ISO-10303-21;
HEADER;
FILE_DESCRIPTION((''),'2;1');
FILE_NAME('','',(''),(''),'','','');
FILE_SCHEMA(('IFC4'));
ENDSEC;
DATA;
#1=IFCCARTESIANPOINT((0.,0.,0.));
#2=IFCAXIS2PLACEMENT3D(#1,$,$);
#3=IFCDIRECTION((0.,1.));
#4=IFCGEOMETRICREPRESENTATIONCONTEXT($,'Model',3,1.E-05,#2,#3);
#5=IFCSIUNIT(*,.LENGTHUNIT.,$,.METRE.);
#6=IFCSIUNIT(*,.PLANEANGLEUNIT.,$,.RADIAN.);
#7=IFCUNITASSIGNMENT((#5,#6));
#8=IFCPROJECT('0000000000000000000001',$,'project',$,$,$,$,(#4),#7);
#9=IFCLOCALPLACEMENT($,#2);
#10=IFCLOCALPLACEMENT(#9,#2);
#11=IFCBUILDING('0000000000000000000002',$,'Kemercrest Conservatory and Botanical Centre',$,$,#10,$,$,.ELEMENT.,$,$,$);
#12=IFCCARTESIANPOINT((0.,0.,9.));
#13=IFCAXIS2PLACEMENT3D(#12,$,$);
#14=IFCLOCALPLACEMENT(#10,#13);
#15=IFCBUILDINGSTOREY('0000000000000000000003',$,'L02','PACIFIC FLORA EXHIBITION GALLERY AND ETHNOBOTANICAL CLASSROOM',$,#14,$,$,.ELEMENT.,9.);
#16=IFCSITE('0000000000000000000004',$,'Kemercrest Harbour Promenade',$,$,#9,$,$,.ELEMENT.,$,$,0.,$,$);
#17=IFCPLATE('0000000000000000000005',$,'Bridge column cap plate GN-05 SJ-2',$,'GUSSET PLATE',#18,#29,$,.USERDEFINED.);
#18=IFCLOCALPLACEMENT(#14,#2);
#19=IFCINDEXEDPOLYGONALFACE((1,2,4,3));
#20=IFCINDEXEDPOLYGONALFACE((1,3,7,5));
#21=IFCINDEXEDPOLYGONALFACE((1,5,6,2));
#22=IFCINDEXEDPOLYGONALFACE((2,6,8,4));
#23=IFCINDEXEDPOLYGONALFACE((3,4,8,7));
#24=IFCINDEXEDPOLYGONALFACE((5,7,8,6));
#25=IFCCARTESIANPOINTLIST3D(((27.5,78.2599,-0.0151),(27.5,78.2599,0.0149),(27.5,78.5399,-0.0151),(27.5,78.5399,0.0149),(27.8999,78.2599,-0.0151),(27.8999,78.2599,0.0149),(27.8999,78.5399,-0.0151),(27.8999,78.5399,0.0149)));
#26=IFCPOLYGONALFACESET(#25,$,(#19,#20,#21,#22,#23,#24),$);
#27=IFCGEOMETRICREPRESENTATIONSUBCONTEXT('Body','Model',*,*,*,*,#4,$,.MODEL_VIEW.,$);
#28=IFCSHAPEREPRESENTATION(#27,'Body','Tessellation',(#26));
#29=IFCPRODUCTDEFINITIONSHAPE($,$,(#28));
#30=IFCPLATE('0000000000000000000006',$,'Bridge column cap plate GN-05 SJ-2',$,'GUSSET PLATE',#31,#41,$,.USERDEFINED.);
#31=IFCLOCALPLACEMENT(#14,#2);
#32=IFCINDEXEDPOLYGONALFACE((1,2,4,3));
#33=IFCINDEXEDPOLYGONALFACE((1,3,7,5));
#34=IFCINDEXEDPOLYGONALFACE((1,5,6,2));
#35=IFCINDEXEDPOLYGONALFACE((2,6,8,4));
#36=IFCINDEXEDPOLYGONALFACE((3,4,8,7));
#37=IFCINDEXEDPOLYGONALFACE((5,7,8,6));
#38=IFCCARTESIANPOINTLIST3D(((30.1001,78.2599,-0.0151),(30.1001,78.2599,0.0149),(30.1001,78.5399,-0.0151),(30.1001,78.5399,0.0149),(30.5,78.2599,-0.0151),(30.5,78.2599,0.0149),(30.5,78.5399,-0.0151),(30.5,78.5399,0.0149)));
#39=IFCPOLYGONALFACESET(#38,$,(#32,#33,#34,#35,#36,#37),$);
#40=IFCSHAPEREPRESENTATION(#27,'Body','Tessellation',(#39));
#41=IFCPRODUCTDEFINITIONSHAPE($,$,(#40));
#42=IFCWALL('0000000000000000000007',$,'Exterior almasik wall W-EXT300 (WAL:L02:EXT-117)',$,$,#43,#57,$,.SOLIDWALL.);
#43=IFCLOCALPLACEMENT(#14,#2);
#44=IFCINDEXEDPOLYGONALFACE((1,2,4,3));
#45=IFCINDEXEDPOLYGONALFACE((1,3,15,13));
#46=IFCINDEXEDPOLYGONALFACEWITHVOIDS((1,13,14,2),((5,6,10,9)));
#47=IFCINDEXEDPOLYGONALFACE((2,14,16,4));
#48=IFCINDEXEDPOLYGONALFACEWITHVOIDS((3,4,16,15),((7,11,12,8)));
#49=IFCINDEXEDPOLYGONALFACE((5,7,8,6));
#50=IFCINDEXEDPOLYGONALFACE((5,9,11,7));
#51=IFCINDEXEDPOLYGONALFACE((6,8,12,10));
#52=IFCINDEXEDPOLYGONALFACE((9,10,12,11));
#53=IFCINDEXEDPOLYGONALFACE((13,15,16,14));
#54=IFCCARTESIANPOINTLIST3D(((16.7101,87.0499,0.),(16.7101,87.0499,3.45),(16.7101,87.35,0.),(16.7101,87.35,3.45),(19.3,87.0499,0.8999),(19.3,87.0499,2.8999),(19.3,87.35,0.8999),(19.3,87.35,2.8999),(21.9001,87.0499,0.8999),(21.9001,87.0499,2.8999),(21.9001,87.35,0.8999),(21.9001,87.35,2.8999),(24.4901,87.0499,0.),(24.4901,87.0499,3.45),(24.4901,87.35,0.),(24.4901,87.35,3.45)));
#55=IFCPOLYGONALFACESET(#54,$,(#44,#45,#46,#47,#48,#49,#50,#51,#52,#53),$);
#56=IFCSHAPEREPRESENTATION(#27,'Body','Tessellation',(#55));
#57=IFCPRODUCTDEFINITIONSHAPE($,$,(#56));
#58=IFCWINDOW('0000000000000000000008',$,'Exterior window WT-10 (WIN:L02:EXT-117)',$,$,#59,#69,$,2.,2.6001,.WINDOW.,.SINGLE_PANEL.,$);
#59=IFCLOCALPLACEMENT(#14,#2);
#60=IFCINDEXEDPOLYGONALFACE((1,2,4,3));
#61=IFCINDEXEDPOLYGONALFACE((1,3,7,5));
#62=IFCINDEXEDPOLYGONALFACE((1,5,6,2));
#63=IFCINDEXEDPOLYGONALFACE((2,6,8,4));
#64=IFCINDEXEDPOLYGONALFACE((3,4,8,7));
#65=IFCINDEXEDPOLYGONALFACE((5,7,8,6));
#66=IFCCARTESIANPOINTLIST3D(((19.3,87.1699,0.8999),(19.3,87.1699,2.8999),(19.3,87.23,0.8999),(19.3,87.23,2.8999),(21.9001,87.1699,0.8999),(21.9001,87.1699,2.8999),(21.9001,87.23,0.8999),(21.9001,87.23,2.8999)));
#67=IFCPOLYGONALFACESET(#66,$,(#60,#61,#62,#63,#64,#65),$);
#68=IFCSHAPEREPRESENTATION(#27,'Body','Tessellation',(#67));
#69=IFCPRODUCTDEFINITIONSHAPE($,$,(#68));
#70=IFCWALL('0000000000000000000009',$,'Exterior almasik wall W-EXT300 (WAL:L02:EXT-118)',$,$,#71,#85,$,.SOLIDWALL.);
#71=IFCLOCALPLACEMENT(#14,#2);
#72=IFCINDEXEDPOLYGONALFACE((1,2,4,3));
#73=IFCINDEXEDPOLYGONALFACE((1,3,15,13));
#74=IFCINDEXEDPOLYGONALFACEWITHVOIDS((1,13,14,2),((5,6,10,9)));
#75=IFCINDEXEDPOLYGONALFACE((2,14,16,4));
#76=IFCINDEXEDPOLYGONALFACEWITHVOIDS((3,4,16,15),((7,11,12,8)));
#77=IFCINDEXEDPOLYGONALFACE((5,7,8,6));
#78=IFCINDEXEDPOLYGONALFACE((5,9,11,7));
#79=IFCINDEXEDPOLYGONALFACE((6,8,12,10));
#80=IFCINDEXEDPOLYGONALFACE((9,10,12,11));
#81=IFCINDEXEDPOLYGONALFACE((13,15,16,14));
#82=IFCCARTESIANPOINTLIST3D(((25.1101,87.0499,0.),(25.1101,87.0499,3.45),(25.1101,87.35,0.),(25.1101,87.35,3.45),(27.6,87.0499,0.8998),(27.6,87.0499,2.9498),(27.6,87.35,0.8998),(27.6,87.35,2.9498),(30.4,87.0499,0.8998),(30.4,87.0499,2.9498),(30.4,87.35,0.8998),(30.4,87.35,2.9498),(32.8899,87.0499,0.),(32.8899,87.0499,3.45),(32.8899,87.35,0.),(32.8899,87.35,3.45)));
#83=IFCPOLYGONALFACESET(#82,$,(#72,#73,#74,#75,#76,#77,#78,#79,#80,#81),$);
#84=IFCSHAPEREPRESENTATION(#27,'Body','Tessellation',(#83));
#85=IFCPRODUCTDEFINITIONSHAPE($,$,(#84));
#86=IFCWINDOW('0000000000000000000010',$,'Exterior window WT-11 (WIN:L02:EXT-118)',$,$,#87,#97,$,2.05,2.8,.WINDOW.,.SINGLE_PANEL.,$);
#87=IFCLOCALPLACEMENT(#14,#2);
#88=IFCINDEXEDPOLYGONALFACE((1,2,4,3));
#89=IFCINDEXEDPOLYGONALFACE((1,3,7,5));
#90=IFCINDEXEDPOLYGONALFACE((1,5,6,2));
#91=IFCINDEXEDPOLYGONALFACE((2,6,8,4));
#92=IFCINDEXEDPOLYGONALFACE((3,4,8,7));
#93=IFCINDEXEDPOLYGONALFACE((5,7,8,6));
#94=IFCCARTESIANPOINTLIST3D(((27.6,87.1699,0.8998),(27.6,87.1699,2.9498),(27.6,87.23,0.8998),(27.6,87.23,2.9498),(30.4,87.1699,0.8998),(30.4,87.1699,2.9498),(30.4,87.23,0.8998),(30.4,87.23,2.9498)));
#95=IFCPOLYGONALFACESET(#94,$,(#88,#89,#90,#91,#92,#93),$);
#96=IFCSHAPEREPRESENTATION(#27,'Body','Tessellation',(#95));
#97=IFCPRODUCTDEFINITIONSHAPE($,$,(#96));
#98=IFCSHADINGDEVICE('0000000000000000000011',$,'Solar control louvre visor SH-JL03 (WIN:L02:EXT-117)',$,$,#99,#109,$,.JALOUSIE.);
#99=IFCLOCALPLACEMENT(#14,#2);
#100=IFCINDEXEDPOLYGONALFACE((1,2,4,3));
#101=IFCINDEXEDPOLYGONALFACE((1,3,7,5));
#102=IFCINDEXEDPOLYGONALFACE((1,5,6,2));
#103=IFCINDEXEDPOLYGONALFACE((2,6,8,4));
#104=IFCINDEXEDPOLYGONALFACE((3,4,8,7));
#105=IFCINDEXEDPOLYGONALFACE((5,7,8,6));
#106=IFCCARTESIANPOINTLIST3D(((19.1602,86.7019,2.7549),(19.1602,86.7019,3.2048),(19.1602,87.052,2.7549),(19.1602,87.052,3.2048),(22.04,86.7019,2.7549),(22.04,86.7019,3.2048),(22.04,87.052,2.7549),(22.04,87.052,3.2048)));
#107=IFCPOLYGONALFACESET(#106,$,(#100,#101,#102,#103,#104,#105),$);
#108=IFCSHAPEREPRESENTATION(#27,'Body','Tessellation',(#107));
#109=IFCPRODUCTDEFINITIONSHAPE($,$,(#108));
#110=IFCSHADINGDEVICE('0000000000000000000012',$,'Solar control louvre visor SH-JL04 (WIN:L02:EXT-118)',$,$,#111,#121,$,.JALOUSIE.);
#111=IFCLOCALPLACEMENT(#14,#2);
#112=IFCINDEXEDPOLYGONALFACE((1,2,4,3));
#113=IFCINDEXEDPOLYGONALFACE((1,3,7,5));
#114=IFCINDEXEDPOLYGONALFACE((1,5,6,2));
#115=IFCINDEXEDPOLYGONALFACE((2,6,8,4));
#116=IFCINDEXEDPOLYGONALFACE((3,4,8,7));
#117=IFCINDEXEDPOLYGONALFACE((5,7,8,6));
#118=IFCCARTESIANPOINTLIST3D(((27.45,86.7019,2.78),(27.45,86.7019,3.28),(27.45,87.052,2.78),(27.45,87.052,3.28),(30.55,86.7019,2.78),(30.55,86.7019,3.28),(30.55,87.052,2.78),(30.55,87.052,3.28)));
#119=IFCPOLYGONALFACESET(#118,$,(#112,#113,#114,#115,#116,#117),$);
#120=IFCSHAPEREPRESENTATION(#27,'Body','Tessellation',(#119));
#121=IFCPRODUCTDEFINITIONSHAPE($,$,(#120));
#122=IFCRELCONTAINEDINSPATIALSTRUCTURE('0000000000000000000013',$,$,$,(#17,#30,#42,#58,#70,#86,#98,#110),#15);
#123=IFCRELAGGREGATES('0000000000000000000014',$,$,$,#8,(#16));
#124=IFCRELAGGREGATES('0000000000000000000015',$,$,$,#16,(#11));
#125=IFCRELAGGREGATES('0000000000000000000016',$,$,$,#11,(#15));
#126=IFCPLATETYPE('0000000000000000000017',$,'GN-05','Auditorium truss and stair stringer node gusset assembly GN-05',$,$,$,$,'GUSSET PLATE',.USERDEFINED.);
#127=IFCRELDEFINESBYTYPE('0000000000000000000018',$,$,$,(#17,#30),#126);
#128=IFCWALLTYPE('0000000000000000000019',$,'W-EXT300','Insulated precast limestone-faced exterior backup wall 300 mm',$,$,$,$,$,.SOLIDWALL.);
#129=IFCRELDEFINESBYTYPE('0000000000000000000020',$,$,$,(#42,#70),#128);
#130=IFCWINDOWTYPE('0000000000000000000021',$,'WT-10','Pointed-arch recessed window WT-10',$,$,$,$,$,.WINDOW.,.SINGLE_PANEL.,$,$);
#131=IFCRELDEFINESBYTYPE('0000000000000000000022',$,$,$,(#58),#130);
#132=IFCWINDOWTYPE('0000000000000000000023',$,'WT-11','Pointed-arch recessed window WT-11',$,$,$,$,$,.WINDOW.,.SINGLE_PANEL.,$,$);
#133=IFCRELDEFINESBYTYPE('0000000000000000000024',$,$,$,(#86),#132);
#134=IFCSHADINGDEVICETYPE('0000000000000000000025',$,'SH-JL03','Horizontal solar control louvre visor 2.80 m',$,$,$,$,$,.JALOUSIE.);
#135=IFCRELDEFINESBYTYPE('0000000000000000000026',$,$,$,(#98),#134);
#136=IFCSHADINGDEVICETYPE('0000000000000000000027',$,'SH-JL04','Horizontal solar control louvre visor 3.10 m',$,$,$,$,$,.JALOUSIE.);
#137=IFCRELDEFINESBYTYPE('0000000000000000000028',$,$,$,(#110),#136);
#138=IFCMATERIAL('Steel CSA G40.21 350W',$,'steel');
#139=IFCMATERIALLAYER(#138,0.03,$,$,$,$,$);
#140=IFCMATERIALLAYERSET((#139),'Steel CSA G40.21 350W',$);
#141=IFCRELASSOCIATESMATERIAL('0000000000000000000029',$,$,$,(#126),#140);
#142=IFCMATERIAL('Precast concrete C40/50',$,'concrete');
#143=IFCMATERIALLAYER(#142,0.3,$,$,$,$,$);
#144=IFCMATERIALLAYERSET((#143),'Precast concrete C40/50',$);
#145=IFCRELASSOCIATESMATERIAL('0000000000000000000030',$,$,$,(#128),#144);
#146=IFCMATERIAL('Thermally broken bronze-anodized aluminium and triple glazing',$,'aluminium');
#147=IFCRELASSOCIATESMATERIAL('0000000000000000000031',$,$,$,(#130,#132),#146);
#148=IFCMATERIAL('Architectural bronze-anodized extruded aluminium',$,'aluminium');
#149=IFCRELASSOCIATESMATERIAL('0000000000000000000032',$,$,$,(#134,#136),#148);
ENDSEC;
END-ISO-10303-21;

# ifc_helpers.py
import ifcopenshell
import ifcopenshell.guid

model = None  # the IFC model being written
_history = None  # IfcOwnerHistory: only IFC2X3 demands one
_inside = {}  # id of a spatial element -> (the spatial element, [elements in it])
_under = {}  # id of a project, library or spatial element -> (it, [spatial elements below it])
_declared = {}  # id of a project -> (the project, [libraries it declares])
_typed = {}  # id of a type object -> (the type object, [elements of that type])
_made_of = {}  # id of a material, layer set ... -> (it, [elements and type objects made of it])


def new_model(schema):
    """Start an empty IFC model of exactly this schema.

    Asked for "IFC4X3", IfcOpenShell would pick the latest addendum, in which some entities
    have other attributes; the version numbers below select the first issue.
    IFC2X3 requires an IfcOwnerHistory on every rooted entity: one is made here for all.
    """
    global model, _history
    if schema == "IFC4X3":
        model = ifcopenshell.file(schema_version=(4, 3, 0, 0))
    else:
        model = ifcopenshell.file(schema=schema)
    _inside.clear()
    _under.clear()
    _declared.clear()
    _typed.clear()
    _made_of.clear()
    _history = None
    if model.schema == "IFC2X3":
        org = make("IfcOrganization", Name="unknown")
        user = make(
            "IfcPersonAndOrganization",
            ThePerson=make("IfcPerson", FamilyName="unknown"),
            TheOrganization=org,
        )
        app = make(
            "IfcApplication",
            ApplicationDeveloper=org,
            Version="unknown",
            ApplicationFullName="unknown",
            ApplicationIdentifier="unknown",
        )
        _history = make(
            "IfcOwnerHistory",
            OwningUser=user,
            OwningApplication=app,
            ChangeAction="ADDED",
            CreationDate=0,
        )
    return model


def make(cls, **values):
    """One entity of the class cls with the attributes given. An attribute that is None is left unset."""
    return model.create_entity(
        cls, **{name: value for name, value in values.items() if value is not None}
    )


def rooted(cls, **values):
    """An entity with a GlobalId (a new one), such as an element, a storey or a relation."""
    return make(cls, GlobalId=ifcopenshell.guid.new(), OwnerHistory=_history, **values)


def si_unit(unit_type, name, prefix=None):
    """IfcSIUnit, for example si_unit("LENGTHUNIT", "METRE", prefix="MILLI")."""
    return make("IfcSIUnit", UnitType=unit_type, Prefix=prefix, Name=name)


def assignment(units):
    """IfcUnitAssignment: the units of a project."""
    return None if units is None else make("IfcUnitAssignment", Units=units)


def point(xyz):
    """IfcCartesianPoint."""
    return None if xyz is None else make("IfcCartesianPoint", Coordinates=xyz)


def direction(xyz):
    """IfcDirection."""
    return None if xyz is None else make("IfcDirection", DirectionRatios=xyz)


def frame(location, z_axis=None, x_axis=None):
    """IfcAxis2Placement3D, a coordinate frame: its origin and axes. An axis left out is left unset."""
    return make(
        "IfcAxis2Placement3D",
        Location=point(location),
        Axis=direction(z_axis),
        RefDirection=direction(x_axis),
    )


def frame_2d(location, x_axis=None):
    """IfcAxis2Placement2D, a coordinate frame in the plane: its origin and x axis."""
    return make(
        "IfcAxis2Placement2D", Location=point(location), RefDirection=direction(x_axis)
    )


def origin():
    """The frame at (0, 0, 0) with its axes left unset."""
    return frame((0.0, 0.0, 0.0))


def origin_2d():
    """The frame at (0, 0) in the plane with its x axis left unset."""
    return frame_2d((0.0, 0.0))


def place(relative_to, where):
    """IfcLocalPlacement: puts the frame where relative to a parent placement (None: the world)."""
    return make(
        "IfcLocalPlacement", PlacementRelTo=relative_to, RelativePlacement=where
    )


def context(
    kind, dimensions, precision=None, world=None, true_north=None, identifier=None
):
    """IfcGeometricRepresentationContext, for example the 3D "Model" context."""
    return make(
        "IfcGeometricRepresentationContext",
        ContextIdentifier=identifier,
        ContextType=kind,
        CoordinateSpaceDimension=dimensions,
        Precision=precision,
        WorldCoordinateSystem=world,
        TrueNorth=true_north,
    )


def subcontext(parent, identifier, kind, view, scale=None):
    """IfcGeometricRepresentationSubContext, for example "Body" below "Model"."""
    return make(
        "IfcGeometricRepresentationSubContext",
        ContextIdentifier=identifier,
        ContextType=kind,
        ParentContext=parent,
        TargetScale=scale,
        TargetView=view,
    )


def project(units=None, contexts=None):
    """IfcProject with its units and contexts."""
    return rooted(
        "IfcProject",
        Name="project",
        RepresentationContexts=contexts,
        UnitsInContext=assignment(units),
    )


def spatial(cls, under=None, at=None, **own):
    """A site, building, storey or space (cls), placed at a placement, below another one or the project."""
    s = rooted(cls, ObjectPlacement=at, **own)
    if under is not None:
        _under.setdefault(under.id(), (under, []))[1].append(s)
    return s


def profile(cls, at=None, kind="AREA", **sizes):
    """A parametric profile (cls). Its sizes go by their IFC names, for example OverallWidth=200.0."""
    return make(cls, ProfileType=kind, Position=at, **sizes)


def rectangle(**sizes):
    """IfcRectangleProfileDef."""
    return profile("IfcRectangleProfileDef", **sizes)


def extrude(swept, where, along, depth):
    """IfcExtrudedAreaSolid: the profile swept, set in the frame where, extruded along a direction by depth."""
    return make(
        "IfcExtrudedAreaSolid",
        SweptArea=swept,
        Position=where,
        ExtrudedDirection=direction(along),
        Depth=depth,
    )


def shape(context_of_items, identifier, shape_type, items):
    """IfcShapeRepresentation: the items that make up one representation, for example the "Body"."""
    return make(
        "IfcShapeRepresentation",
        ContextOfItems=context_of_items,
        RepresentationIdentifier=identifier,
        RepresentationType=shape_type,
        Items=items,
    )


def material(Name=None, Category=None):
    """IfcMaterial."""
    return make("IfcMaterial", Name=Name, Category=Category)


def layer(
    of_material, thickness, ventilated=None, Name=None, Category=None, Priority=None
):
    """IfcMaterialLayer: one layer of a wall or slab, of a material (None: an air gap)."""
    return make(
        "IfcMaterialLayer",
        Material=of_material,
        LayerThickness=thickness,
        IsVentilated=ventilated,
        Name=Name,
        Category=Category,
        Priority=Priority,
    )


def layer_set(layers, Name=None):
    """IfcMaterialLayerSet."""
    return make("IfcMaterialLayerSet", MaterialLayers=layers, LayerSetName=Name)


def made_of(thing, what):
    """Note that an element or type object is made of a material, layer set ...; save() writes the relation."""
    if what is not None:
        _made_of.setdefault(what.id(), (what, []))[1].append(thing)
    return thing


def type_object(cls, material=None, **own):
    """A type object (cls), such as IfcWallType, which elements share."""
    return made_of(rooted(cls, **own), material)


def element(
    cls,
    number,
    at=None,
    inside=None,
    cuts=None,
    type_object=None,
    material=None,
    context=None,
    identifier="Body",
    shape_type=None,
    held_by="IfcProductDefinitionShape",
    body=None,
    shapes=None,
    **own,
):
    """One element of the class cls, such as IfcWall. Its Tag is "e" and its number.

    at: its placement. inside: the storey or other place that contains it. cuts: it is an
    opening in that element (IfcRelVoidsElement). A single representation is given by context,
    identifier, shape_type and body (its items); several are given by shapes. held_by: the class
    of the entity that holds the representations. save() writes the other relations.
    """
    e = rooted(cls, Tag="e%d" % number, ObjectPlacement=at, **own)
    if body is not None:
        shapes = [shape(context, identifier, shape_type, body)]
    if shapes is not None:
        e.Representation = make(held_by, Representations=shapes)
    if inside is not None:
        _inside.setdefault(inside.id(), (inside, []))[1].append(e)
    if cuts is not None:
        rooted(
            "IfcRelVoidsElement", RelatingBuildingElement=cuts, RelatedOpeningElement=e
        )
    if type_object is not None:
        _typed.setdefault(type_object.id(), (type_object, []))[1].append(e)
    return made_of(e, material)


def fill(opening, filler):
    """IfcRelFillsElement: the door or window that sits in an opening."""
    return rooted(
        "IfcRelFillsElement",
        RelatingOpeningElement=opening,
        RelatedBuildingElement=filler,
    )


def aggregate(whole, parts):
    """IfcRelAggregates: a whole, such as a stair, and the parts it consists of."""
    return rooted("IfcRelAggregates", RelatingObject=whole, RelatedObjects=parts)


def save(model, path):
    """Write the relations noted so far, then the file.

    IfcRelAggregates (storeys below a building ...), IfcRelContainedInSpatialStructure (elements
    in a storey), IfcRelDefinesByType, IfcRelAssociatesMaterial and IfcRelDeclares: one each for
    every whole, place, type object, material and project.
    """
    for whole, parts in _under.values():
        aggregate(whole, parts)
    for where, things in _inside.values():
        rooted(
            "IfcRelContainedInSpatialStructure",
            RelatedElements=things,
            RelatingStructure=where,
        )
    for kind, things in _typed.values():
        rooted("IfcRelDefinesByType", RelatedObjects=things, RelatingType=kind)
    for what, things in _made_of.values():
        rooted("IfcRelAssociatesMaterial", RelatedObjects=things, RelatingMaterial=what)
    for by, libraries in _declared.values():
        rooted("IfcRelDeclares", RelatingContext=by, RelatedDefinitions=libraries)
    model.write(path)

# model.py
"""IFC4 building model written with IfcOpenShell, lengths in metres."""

from ifc_helpers import new_model, si_unit, direction, frame, frame_2d, origin, origin_2d, place, context, subcontext, project, spatial, rectangle, extrude, material, layer, layer_set, type_object, element, fill, save


model = new_model("IFC4")

# Units and contexts
model_context = context("Model", 3, precision=1e-05, world=origin(), true_north=direction((0.0, 1.0)))
body_context = subcontext(model_context, "Body", "Model", "MODEL_VIEW")
ifc_project = project(units=[si_unit("LENGTHUNIT", "METRE"), si_unit("PLANEANGLEUNIT", "RADIAN")], contexts=[model_context])

# Site, building, storey
site_placement = place(None, origin())
site = spatial("IfcSite", under=ifc_project, at=site_placement, Name="Kemercrest Harbour Promenade", CompositionType="ELEMENT", RefElevation=0.0)
building_placement = place(site_placement, origin())
building = spatial("IfcBuilding", under=site, at=building_placement, Name="Kemercrest Conservatory and Botanical Centre", CompositionType="ELEMENT")
storey_placement = place(building_placement, frame((0.0, 0.0, 9.0)))
storey = spatial("IfcBuildingStorey", under=building, at=storey_placement, Name="L02", Description="PACIFIC FLORA EXHIBITION GALLERY AND ETHNOBOTANICAL CLASSROOM", CompositionType="ELEMENT", Elevation=9.0)

# Shared definitions
ifc_material_1 = material(Name="Precast concrete C40/50", Category="concrete")

# Plates
ifc_material_2 = material(Name="Steel CSA G40.21 350W", Category="steel")
ifc_layer_1 = layer(ifc_material_2, 0.03)
ifc_layer_set_1 = layer_set([ifc_layer_1], Name="Steel CSA G40.21 350W")
plate_type = type_object("IfcPlateType", Name="GN-05", Description="Auditorium truss and stair stringer node gusset assembly GN-05", ElementType="GUSSET PLATE", PredefinedType="USERDEFINED", material=ifc_layer_set_1)
for number, where, z_axis, x_axis, name in (
    (1, (27.7, 78.3999, -0.0151), (0.0, 0.0, 1.0), (1.0, 0.0, 0.0), "Bridge column cap plate GN-05 SJ-2"),
    (2, (30.3, 78.3999, -0.0151), (0.0, 0.0, 1.0), (1.0, 0.0, 0.0), "Bridge column cap plate GN-05 SJ-2"),
):
    element("IfcPlate", number, at=place(storey_placement, frame(where, z_axis=z_axis, x_axis=x_axis)), inside=storey, type_object=plate_type, Name=name, ObjectType="GUSSET PLATE", PredefinedType="USERDEFINED", context=body_context, shape_type="SweptSolid", body=[
        extrude(rectangle(XDim=0.3999, YDim=0.28, at=origin_2d()), origin(), (0.0, 0.0, 1.0), 0.03),
    ])

# Walls, openings, windows
ifc_layer_2 = layer(ifc_material_1, 0.3)
ifc_layer_set_2 = layer_set([ifc_layer_2], Name="Precast concrete C40/50")
wall_type = type_object("IfcWallType", Name="W-EXT300", Description="Insulated precast limestone-faced exterior backup wall 300 mm", PredefinedType="SOLIDWALL", material=ifc_layer_set_2)
wall_1_placement = place(storey_placement, frame((16.71, 87.2, 0.0), z_axis=(0.0, 0.0, 1.0), x_axis=(1.0, 0.0, 0.0)))
wall_1 = element("IfcWall", 3, at=wall_1_placement, inside=storey, type_object=wall_type, Name="Exterior almasik wall W-EXT300 (WAL:L02:EXT-117)", PredefinedType="SOLIDWALL", context=body_context, shape_type="SweptSolid", body=[
    extrude(rectangle(XDim=7.78, YDim=0.3, at=frame_2d((3.8901, 0.0))), origin(), (0.0, 0.0, 1.0), 3.45),
])
opening_1_placement = place(wall_1_placement, frame((2.5901, 0.0, 0.8999)))
opening_1 = element("IfcOpeningElement", 4, at=opening_1_placement, cuts=wall_1, PredefinedType="OPENING", context=body_context, shape_type="SweptSolid", body=[
    extrude(rectangle(XDim=2.6001, YDim=2.0, at=frame_2d((1.3, 1.0))), frame((0.0, 0.1602, 0.0), z_axis=(0.0, -1.0, 0.0), x_axis=(1.0, 0.0, 0.0)), (0.0, 0.0, 1.0), 0.3201),
])
ifc_material_3 = material(Name="Thermally broken bronze-anodized aluminium and triple glazing", Category="aluminium")
window_type_1 = type_object("IfcWindowType", Name="WT-10", Description="Pointed-arch recessed window WT-10", PartitioningType="SINGLE_PANEL", PredefinedType="WINDOW", material=ifc_material_3)
window_1_placement = place(opening_1_placement, origin())
window_1 = element("IfcWindow", 5, at=window_1_placement, inside=storey, type_object=window_type_1, Name="Exterior window WT-10 (WIN:L02:EXT-117)", OverallHeight=2.0, OverallWidth=2.6001, PartitioningType="SINGLE_PANEL", PredefinedType="WINDOW", context=body_context, shape_type="SweptSolid", body=[
    extrude(rectangle(XDim=2.6001, YDim=2.0, at=frame_2d((1.3, 1.0))), frame((0.0, 0.03, 0.0), z_axis=(0.0, -1.0, 0.0), x_axis=(1.0, 0.0, 0.0)), (0.0, 0.0, 1.0), 0.0601),
])
fill(opening_1, window_1)
wall_2_placement = place(storey_placement, frame((25.1101, 87.2, 0.0), z_axis=(0.0, 0.0, 1.0), x_axis=(1.0, 0.0, 0.0)))
wall_2 = element("IfcWall", 6, at=wall_2_placement, inside=storey, type_object=wall_type, Name="Exterior almasik wall W-EXT300 (WAL:L02:EXT-118)", PredefinedType="SOLIDWALL", context=body_context, shape_type="SweptSolid", body=[
    extrude(rectangle(XDim=7.7798, YDim=0.3, at=frame_2d((3.8899, 0.0))), origin(), (0.0, 0.0, 1.0), 3.45),
])
opening_2_placement = place(wall_2_placement, frame((2.49, 0.0, 0.8999)))
opening_2 = element("IfcOpeningElement", 7, at=opening_2_placement, cuts=wall_2, PredefinedType="OPENING", context=body_context, shape_type="SweptSolid", body=[
    extrude(rectangle(XDim=2.8, YDim=2.05, at=frame_2d((1.3999, 1.0249))), frame((0.0, 0.1602, 0.0), z_axis=(0.0, -1.0, 0.0), x_axis=(1.0, 0.0, 0.0)), (0.0, 0.0, 1.0), 0.3201),
])
window_type_2 = type_object("IfcWindowType", Name="WT-11", Description="Pointed-arch recessed window WT-11", PartitioningType="SINGLE_PANEL", PredefinedType="WINDOW", material=ifc_material_3)
window_2_placement = place(opening_2_placement, origin())
window_2 = element("IfcWindow", 8, at=window_2_placement, inside=storey, type_object=window_type_2, Name="Exterior window WT-11 (WIN:L02:EXT-118)", OverallHeight=2.05, OverallWidth=2.8, PartitioningType="SINGLE_PANEL", PredefinedType="WINDOW", context=body_context, shape_type="SweptSolid", body=[
    extrude(rectangle(XDim=2.8, YDim=2.05, at=frame_2d((1.3999, 1.0249))), frame((0.0, 0.03, 0.0), z_axis=(0.0, -1.0, 0.0), x_axis=(1.0, 0.0, 0.0)), (0.0, 0.0, 1.0), 0.0601),
])
fill(opening_2, window_2)

# Shading devices
ifc_material_4 = material(Name="Architectural bronze-anodized extruded aluminium", Category="aluminium")
shading_device_type_1 = type_object("IfcShadingDeviceType", Name="SH-JL03", Description="Horizontal solar control louvre visor 2.80 m", PredefinedType="JALOUSIE", material=ifc_material_4)
shading_device_1_placement = place(storey_placement, frame((20.6001, 86.877, 2.7549), z_axis=(0.0, 0.0, 1.0), x_axis=(1.0, 0.0, 0.0)))
element("IfcShadingDevice", 9, at=shading_device_1_placement, inside=storey, type_object=shading_device_type_1, Name="Solar control louvre visor SH-JL03 (WIN:L02:EXT-117)", PredefinedType="JALOUSIE", context=body_context, shape_type="SweptSolid", body=[
    extrude(rectangle(XDim=2.8799, YDim=0.3501, at=origin_2d()), origin(), (0.0, 0.0, 1.0), 0.45),
])
shading_device_type_2 = type_object("IfcShadingDeviceType", Name="SH-JL04", Description="Horizontal solar control louvre visor 3.10 m", PredefinedType="JALOUSIE", material=ifc_material_4)
shading_device_2_placement = place(storey_placement, frame((29.0, 86.877, 2.78), z_axis=(0.0, 0.0, 1.0), x_axis=(1.0, 0.0, 0.0)))
element("IfcShadingDevice", 10, at=shading_device_2_placement, inside=storey, type_object=shading_device_type_2, Name="Solar control louvre visor SH-JL04 (WIN:L02:EXT-118)", PredefinedType="JALOUSIE", context=body_context, shape_type="SweptSolid", body=[
    extrude(rectangle(XDim=3.1001, YDim=0.3501, at=origin_2d()), origin(), (0.0, 0.0, 1.0), 0.5),
])

save(model, "model.ifc")
